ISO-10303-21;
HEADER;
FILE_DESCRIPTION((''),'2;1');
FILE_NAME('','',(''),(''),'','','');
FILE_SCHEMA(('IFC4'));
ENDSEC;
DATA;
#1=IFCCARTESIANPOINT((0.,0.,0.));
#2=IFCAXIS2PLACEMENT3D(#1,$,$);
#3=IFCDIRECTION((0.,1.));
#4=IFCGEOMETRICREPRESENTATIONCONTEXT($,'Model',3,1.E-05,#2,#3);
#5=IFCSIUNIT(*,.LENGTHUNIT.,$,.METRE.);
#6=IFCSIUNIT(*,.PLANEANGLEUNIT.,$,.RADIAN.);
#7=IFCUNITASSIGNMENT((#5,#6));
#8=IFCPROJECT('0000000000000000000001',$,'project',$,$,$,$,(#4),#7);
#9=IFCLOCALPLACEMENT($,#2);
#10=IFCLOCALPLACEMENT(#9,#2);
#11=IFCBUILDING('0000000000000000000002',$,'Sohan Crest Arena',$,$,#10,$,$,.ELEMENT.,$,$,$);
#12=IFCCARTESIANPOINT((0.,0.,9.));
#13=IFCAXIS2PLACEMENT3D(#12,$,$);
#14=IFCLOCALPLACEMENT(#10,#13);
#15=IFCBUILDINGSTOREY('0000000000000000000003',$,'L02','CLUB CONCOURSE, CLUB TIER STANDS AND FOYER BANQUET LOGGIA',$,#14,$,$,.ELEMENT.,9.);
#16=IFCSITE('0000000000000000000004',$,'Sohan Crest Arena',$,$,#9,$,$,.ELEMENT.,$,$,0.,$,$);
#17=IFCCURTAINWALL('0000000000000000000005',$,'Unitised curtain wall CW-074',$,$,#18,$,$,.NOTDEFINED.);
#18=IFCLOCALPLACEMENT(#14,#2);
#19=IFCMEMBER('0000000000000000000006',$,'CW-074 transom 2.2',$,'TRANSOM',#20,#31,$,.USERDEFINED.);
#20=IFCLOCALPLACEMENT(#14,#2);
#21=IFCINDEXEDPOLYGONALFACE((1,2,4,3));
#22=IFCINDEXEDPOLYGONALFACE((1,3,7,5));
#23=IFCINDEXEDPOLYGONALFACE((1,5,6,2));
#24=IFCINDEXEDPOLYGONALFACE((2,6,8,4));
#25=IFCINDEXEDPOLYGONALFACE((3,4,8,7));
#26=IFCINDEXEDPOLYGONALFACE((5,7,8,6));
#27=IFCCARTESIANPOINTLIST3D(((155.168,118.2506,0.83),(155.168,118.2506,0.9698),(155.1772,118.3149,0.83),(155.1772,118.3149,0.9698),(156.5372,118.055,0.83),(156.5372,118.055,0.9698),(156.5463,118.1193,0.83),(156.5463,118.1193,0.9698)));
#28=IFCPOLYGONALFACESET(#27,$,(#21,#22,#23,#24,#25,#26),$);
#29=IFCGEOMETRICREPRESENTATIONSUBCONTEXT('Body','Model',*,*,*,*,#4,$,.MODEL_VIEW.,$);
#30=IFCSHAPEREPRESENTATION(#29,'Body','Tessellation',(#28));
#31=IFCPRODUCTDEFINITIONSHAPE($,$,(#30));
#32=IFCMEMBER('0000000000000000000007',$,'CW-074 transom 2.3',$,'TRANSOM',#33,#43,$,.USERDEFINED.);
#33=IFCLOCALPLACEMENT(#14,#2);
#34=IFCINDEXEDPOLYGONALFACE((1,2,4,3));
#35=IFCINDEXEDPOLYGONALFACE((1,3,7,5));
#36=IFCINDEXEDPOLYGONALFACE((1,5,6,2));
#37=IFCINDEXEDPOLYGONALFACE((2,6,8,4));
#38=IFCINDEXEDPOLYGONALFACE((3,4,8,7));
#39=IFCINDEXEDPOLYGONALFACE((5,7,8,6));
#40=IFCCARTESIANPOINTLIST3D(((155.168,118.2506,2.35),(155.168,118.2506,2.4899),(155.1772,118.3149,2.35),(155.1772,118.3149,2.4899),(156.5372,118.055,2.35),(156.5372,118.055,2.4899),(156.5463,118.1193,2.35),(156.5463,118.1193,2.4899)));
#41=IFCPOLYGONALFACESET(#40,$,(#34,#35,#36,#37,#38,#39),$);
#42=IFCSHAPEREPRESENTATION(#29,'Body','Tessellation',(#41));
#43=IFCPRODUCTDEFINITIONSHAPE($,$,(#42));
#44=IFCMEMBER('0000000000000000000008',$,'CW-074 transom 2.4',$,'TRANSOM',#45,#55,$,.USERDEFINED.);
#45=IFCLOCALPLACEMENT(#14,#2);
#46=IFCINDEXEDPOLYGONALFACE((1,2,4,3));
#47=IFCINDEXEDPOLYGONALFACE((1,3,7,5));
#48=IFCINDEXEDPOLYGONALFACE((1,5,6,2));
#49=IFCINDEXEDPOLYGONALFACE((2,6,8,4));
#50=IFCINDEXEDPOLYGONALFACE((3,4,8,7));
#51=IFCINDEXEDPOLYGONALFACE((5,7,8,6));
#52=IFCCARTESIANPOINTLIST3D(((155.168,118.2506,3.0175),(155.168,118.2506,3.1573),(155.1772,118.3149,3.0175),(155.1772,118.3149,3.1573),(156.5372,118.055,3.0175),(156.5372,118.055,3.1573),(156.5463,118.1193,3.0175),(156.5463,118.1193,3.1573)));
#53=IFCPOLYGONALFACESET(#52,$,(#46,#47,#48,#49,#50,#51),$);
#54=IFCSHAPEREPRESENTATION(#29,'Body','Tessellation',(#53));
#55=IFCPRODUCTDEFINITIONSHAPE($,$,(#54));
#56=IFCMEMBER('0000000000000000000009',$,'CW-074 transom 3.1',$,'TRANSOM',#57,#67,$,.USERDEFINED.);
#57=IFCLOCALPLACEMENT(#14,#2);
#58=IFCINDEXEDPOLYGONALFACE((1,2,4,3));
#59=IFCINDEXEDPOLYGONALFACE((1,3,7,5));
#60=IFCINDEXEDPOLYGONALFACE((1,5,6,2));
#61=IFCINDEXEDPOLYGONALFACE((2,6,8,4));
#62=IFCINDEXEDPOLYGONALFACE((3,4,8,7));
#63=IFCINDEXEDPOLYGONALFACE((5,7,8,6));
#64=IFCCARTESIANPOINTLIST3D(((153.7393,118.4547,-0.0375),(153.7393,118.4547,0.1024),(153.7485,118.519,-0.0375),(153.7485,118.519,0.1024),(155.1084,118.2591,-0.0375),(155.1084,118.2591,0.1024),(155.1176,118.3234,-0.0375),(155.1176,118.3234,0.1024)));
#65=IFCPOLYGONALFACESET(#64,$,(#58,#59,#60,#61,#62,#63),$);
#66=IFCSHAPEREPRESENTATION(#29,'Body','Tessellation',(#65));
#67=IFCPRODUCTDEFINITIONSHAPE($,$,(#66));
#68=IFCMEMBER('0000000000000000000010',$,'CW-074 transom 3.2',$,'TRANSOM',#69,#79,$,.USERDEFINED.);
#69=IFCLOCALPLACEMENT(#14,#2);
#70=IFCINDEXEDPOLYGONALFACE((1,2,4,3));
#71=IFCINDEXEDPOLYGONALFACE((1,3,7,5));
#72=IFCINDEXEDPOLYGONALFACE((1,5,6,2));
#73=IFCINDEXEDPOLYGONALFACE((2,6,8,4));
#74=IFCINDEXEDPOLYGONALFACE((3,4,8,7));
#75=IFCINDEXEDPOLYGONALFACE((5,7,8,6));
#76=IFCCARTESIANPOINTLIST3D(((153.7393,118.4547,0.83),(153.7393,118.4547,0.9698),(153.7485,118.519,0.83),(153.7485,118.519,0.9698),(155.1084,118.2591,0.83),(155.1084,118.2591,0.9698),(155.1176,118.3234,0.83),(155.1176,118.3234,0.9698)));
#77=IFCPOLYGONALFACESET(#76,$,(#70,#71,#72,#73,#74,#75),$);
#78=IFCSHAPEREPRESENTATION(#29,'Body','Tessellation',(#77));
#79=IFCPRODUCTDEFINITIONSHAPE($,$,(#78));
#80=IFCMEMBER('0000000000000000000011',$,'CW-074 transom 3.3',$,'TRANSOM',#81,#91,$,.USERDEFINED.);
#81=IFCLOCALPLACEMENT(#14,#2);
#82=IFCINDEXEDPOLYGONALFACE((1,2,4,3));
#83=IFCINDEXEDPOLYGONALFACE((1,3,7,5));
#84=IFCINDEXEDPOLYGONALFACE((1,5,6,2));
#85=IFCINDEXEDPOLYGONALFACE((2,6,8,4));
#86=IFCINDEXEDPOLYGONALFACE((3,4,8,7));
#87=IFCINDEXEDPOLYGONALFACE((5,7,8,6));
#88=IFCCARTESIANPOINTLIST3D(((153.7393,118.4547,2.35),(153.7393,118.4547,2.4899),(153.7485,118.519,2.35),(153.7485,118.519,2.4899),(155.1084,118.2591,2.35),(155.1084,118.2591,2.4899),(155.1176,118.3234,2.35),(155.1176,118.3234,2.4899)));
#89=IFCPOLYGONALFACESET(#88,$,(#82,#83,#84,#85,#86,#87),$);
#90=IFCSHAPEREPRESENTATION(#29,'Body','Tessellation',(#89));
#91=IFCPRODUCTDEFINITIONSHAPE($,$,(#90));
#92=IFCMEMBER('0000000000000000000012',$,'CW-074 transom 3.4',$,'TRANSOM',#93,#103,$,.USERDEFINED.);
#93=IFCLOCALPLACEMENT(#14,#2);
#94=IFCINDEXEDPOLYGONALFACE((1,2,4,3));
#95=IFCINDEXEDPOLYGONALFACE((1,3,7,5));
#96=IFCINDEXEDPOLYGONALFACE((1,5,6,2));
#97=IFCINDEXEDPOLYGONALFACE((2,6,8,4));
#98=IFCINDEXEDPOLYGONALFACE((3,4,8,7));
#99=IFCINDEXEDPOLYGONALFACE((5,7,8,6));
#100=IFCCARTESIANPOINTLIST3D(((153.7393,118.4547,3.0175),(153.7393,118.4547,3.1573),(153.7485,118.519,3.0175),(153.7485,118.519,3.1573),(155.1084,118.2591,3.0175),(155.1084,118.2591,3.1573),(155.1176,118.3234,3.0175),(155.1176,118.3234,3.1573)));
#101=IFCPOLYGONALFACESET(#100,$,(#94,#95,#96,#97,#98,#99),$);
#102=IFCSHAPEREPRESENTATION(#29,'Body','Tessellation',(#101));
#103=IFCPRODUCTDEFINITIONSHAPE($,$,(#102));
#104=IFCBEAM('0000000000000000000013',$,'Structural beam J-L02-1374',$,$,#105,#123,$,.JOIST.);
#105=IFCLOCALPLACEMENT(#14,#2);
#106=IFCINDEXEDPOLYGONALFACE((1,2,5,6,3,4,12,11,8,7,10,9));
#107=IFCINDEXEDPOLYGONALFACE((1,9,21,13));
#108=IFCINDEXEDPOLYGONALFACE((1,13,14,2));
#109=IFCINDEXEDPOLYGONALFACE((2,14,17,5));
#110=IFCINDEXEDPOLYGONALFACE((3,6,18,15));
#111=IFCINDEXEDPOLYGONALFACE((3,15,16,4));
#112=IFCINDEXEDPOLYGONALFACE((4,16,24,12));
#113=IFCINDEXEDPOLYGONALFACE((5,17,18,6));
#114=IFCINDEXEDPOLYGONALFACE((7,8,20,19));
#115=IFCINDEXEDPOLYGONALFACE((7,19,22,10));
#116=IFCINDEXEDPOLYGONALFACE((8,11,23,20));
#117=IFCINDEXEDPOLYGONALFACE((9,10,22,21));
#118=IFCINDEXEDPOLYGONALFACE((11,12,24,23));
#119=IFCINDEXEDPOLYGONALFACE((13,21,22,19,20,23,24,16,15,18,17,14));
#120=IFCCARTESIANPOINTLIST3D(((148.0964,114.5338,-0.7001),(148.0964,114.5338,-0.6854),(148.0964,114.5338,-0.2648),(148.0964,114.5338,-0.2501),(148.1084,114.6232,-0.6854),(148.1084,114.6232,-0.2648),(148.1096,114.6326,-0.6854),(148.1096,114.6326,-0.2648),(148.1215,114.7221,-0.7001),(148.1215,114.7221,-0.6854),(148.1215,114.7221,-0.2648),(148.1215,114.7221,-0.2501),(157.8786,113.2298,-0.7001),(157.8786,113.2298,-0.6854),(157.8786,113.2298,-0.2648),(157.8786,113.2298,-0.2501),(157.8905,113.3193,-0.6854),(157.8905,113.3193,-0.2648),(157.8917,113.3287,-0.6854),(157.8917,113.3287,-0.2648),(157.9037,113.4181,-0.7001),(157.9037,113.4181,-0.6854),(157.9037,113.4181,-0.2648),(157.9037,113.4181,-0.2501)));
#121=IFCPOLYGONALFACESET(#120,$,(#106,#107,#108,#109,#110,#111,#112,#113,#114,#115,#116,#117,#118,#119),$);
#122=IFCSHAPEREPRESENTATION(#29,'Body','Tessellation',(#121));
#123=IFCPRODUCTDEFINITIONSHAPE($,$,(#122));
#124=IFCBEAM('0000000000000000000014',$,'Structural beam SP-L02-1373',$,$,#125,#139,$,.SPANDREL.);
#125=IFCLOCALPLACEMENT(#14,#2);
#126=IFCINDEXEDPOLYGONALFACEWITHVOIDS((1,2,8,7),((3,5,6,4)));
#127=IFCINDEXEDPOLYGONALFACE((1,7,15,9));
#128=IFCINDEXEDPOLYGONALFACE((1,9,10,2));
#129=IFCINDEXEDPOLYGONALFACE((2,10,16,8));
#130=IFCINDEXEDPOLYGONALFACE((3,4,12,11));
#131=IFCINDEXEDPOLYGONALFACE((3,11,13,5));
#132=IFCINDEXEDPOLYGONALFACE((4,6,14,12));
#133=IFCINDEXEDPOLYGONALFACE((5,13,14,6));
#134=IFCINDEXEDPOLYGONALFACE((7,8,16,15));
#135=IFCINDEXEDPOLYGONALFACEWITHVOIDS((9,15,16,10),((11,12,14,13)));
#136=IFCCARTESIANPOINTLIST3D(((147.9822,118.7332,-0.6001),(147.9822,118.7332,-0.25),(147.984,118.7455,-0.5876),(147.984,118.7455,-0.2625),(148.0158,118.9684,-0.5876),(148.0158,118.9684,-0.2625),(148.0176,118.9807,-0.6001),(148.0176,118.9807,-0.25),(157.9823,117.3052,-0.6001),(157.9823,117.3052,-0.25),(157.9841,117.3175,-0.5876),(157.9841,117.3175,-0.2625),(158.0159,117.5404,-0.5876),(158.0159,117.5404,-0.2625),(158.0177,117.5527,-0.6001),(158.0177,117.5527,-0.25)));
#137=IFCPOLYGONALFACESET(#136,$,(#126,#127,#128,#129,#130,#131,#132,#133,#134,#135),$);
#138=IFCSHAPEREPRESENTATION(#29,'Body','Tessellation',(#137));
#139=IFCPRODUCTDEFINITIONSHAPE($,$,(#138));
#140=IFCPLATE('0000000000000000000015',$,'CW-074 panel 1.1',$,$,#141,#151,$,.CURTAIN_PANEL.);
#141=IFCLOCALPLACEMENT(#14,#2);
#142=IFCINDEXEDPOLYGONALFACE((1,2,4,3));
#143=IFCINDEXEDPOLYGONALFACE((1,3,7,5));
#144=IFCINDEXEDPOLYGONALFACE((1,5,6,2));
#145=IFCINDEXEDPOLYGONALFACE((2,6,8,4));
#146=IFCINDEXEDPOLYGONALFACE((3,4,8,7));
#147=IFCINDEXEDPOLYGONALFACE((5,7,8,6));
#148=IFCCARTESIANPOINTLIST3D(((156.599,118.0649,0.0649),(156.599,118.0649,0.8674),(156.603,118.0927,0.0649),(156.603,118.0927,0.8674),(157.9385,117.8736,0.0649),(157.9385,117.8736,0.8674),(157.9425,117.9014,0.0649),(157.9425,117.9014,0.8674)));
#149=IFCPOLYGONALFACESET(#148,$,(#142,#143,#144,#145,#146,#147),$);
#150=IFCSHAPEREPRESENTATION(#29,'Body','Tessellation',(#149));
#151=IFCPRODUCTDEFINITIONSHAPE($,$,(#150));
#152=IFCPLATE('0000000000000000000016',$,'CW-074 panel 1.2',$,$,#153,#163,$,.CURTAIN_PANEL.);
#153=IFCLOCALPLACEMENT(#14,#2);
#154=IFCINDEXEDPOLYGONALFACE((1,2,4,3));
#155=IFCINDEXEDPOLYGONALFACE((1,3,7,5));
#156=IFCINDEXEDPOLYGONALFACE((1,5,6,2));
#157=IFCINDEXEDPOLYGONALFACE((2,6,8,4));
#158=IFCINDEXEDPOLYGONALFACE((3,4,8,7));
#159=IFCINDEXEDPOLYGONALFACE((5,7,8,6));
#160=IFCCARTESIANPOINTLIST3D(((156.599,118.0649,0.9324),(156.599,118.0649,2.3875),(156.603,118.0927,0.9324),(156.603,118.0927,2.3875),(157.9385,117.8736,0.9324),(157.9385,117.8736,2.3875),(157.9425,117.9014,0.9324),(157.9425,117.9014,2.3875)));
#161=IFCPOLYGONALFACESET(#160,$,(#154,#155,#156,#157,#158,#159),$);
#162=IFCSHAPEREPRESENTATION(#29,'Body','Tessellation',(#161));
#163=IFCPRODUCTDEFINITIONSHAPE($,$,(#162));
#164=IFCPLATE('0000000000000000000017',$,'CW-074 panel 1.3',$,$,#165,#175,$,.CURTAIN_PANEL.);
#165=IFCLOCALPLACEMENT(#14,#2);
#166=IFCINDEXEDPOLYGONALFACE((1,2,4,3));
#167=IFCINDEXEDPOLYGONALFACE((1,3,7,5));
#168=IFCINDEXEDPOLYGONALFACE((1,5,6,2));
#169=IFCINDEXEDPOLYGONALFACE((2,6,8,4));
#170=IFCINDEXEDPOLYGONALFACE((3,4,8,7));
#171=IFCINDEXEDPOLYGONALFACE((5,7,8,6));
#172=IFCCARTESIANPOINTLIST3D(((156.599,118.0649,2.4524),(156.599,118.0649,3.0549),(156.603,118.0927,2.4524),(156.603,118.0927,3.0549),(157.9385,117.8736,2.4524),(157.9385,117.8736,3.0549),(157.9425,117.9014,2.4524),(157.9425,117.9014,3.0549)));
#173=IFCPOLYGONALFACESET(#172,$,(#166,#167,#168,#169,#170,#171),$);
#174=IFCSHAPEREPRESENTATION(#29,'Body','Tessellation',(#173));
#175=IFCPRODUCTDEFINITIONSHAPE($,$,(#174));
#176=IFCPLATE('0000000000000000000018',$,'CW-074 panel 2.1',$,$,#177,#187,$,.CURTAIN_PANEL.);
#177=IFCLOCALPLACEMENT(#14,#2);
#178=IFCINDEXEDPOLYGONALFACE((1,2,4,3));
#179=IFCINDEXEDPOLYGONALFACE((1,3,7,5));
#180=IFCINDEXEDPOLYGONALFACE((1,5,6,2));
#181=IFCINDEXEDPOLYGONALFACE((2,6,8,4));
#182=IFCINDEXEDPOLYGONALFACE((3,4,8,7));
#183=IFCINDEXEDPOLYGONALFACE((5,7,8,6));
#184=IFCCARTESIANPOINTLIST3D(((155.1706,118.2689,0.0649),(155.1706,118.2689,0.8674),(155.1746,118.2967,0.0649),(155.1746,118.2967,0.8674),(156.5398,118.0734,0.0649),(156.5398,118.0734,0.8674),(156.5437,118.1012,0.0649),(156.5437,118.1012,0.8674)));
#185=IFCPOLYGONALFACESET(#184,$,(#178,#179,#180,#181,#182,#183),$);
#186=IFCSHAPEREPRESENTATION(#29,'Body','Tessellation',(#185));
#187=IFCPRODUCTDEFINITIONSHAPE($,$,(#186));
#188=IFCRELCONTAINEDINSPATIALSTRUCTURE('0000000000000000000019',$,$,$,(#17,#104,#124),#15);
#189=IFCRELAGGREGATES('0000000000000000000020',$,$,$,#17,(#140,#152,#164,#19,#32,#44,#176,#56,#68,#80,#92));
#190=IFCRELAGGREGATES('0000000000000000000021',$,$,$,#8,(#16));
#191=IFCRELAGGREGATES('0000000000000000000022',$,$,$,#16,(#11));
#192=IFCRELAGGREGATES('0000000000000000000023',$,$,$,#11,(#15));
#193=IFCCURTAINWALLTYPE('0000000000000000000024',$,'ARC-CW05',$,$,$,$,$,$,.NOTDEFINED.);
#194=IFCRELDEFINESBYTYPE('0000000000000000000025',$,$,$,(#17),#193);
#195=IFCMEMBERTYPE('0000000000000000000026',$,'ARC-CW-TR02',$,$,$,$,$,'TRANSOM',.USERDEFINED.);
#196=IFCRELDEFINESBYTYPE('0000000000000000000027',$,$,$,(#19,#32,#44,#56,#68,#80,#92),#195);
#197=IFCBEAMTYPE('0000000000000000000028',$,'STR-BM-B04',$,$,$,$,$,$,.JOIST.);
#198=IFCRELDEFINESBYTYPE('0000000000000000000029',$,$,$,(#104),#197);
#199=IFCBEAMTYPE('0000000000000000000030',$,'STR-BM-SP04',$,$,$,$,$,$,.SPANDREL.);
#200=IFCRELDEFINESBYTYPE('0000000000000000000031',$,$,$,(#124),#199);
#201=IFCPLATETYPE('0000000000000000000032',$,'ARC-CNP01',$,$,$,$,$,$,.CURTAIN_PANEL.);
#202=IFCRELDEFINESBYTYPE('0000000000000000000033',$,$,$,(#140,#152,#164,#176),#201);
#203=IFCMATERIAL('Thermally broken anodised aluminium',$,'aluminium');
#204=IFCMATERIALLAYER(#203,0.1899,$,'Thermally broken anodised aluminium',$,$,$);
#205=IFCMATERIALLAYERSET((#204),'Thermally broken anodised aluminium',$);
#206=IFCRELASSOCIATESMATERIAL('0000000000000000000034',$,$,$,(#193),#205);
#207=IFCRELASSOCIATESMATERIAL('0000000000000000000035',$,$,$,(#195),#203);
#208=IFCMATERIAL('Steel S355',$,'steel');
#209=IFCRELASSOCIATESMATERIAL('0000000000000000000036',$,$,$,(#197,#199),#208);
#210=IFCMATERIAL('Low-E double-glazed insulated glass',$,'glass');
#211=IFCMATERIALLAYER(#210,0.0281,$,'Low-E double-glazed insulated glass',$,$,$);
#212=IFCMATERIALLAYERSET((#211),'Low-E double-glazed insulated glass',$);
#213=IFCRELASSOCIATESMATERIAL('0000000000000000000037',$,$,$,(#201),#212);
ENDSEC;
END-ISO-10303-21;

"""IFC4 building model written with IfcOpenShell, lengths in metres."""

from ifc_helpers import new_model, si_unit, direction, frame, origin, origin_2d, place, context, subcontext, project, spatial, rectangle, hollow_rectangle, i_section, extrude, material, layer, layer_set, material_profile, profile_set, type_object, element, aggregate, save


model = new_model("IFC4")

# Units and contexts
model_context = context("Model", 3, precision=1e-05, world=origin(), true_north=direction((0.0, 1.0)))
body_context = subcontext(model_context, "Body", "Model", "MODEL_VIEW")
ifc_project = project(units=[si_unit("LENGTHUNIT", "METRE"), si_unit("PLANEANGLEUNIT", "RADIAN")], contexts=[model_context])

# Site, building, storey
site_placement = place(None, origin())
site = spatial("IfcSite", under=ifc_project, at=site_placement, Name="Sohan Crest Arena", CompositionType="ELEMENT", RefElevation=0.0)
building_placement = place(site_placement, origin())
building = spatial("IfcBuilding", under=site, at=building_placement, Name="Sohan Crest Arena", CompositionType="ELEMENT")
storey_placement = place(building_placement, frame((0.0, 0.0, 9.0)))
storey = spatial("IfcBuildingStorey", under=building, at=storey_placement, Name="L02", Description="CLUB CONCOURSE, CLUB TIER STANDS AND FOYER BANQUET LOGGIA", CompositionType="ELEMENT", Elevation=9.0)

# Shared definitions
ifc_material_1 = material(Name="Steel S355", Category="steel")

# Curtain wall
ifc_material_2 = material(Name="Thermally broken anodised aluminium", Category="aluminium")
ifc_layer_1 = layer(ifc_material_2, 0.1899, Name="Thermally broken anodised aluminium")
ifc_layer_set_1 = layer_set([ifc_layer_1], Name="Thermally broken anodised aluminium")
curtain_wall_type_1 = type_object("IfcCurtainWallType", Name="ARC-CW05", PredefinedType="NOTDEFINED", material=ifc_layer_set_1)
curtain_wall_1_placement = place(storey_placement, origin())
curtain_wall_1 = element("IfcCurtainWall", 1, at=curtain_wall_1_placement, inside=storey, type_object=curtain_wall_type_1, Name="Unitised curtain wall CW-074", PredefinedType="NOTDEFINED")

# Members
ifc_material_profile_1 = material_profile(ifc_material_2, rectangle(XDim=0.0649, YDim=0.1399, at=origin_2d()), Name="ALU-TRAN 65x140")
ifc_profile_set_1 = profile_set([ifc_material_profile_1], Name="Thermally broken anodised aluminium")
member_type_1 = type_object("IfcMemberType", Name="ARC-CW-TR02", ElementType="TRANSOM", PredefinedType="USERDEFINED", material=ifc_profile_set_1)
member_1_placement = place(storey_placement, frame((156.5417, 118.0872, 0.8999), z_axis=(-0.989953, 0.141397, 0.0), x_axis=(-0.141397, -0.989953, 0.0)))
member_1 = element("IfcMember", 2, at=member_1_placement, type_object=member_type_1, Name="CW-074 transom 2.2", ObjectType="TRANSOM", PredefinedType="USERDEFINED", context=body_context, shape_type="SweptSolid", body=[
    extrude(rectangle(XDim=0.0649, YDim=0.1399, at=origin_2d()), origin(), (0.0, 0.0, 1.0), 1.3831),
])
member_2_placement = place(storey_placement, frame((156.5417, 118.0872, 2.4199), z_axis=(-0.989953, 0.141397, 0.0), x_axis=(-0.141397, -0.989953, 0.0)))
member_2 = element("IfcMember", 3, at=member_2_placement, type_object=member_type_1, Name="CW-074 transom 2.3", ObjectType="TRANSOM", PredefinedType="USERDEFINED", context=body_context, shape_type="SweptSolid", body=[
    extrude(rectangle(XDim=0.0649, YDim=0.1399, at=origin_2d()), origin(), (0.0, 0.0, 1.0), 1.3831),
])
member_3_placement = place(storey_placement, frame((156.5417, 118.0872, 3.0874), z_axis=(-0.989953, 0.141397, 0.0), x_axis=(-0.141397, -0.989953, 0.0)))
member_3 = element("IfcMember", 4, at=member_3_placement, type_object=member_type_1, Name="CW-074 transom 2.4", ObjectType="TRANSOM", PredefinedType="USERDEFINED", context=body_context, shape_type="SweptSolid", body=[
    extrude(rectangle(XDim=0.0649, YDim=0.1399, at=origin_2d()), origin(), (0.0, 0.0, 1.0), 1.3831),
])
member_4_placement = place(storey_placement, frame((155.113, 118.2913, 0.0325), z_axis=(-0.989953, 0.141397, 0.0), x_axis=(-0.141397, -0.989953, 0.0)))
member_4 = element("IfcMember", 5, at=member_4_placement, type_object=member_type_1, Name="CW-074 transom 3.1", ObjectType="TRANSOM", PredefinedType="USERDEFINED", context=body_context, shape_type="SweptSolid", body=[
    extrude(rectangle(XDim=0.0649, YDim=0.1399, at=origin_2d()), origin(), (0.0, 0.0, 1.0), 1.3831),
])
member_5_placement = place(storey_placement, frame((155.113, 118.2913, 0.8999), z_axis=(-0.989953, 0.141397, 0.0), x_axis=(-0.141397, -0.989953, 0.0)))
member_5 = element("IfcMember", 6, at=member_5_placement, type_object=member_type_1, Name="CW-074 transom 3.2", ObjectType="TRANSOM", PredefinedType="USERDEFINED", context=body_context, shape_type="SweptSolid", body=[
    extrude(rectangle(XDim=0.0649, YDim=0.1399, at=origin_2d()), origin(), (0.0, 0.0, 1.0), 1.3831),
])
member_6_placement = place(storey_placement, frame((155.113, 118.2913, 2.4199), z_axis=(-0.989953, 0.141397, 0.0), x_axis=(-0.141397, -0.989953, 0.0)))
member_6 = element("IfcMember", 7, at=member_6_placement, type_object=member_type_1, Name="CW-074 transom 3.3", ObjectType="TRANSOM", PredefinedType="USERDEFINED", context=body_context, shape_type="SweptSolid", body=[
    extrude(rectangle(XDim=0.0649, YDim=0.1399, at=origin_2d()), origin(), (0.0, 0.0, 1.0), 1.3831),
])
member_7_placement = place(storey_placement, frame((155.113, 118.2913, 3.0874), z_axis=(-0.989953, 0.141397, 0.0), x_axis=(-0.141397, -0.989953, 0.0)))
member_7 = element("IfcMember", 8, at=member_7_placement, type_object=member_type_1, Name="CW-074 transom 3.4", ObjectType="TRANSOM", PredefinedType="USERDEFINED", context=body_context, shape_type="SweptSolid", body=[
    extrude(rectangle(XDim=0.0649, YDim=0.1399, at=origin_2d()), origin(), (0.0, 0.0, 1.0), 1.3831),
])

# Beams
ifc_material_profile_2 = material_profile(ifc_material_1, i_section(OverallWidth=0.1899, OverallDepth=0.45, WebThickness=0.0095, FlangeThickness=0.0146, at=origin_2d()), Name="IPE 450")
ifc_profile_set_2 = profile_set([ifc_material_profile_2], Name="Steel S355")
beam_type_1 = type_object("IfcBeamType", Name="STR-BM-B04", PredefinedType="JOIST", material=ifc_profile_set_2)
beam_1_placement = place(storey_placement, frame((157.8911, 113.324, -0.4751), z_axis=(-0.991232, 0.13213, 0.0), x_axis=(-0.13213, -0.991232, 0.0)))
element("IfcBeam", 9, at=beam_1_placement, inside=storey, type_object=beam_type_1, Name="Structural beam J-L02-1374", PredefinedType="JOIST", context=body_context, shape_type="SweptSolid", body=[
    extrude(i_section(OverallWidth=0.1899, OverallDepth=0.45, WebThickness=0.0095, FlangeThickness=0.0146, at=origin_2d()), origin(), (0.0, 0.0, 1.0), 9.8687),
])
ifc_material_profile_3 = material_profile(ifc_material_1, hollow_rectangle(XDim=0.25, YDim=0.3501, WallThickness=0.0125, at=origin_2d()), Name="RHS 350x250x12.5")
ifc_profile_set_3 = profile_set([ifc_material_profile_3], Name="Steel S355")
beam_type_2 = type_object("IfcBeamType", Name="STR-BM-SP04", PredefinedType="SPANDREL", material=ifc_profile_set_3)
beam_2_placement = place(storey_placement, frame((158.0, 117.429, -0.425), z_axis=(-0.989958, 0.141364, 0.0), x_axis=(-0.141364, -0.989958, 0.0)))
element("IfcBeam", 10, at=beam_2_placement, inside=storey, type_object=beam_type_2, Name="Structural beam SP-L02-1373", PredefinedType="SPANDREL", context=body_context, shape_type="SweptSolid", body=[
    extrude(hollow_rectangle(XDim=0.25, YDim=0.3501, WallThickness=0.0125, at=origin_2d()), origin(), (0.0, 0.0, 1.0), 10.1016),
])

# Plates
ifc_material_3 = material(Name="Low-E double-glazed insulated glass", Category="glass")
ifc_layer_2 = layer(ifc_material_3, 0.0281, Name="Low-E double-glazed insulated glass")
ifc_layer_set_2 = layer_set([ifc_layer_2], Name="Low-E double-glazed insulated glass")
plate_type_1 = type_object("IfcPlateType", Name="ARC-CNP01", PredefinedType="CURTAIN_PANEL", material=ifc_layer_set_2)
plate_1_placement = place(storey_placement, frame((157.2708, 117.9832, 0.0649), z_axis=(0.0, 0.0, 1.0), x_axis=(-0.989957, 0.141366, 0.0)))
plate_1 = element("IfcPlate", 11, at=plate_1_placement, type_object=plate_type_1, Name="CW-074 panel 1.1", PredefinedType="CURTAIN_PANEL", context=body_context, shape_type="SweptSolid", body=[
    extrude(rectangle(XDim=1.353, YDim=0.0281, at=origin_2d()), origin(), (0.0, 0.0, 1.0), 0.8025),
])
plate_2_placement = place(storey_placement, frame((157.2708, 117.9832, 0.9324), z_axis=(0.0, 0.0, 1.0), x_axis=(-0.989957, 0.141366, 0.0)))
plate_2 = element("IfcPlate", 12, at=plate_2_placement, type_object=plate_type_1, Name="CW-074 panel 1.2", PredefinedType="CURTAIN_PANEL", context=body_context, shape_type="SweptSolid", body=[
    extrude(rectangle(XDim=1.353, YDim=0.0281, at=origin_2d()), origin(), (0.0, 0.0, 1.0), 1.4551),
])
plate_3_placement = place(storey_placement, frame((157.2708, 117.9832, 2.4524), z_axis=(0.0, 0.0, 1.0), x_axis=(-0.989957, 0.141366, 0.0)))
plate_3 = element("IfcPlate", 13, at=plate_3_placement, type_object=plate_type_1, Name="CW-074 panel 1.3", PredefinedType="CURTAIN_PANEL", context=body_context, shape_type="SweptSolid", body=[
    extrude(rectangle(XDim=1.353, YDim=0.0281, at=origin_2d()), origin(), (0.0, 0.0, 1.0), 0.6025),
])
plate_4_placement = place(storey_placement, frame((155.8572, 118.1851, 0.0649), z_axis=(0.0, 0.0, 1.0), x_axis=(-0.989957, 0.141366, 0.0)))
plate_4 = element("IfcPlate", 14, at=plate_4_placement, type_object=plate_type_1, Name="CW-074 panel 2.1", PredefinedType="CURTAIN_PANEL", context=body_context, shape_type="SweptSolid", body=[
    extrude(rectangle(XDim=1.3831, YDim=0.0281, at=origin_2d()), origin(), (0.0, 0.0, 1.0), 0.8025),
])
aggregate(curtain_wall_1, [plate_1, plate_2, plate_3, member_1, member_2, member_3, plate_4, member_4, member_5, member_6, member_7])

save(model, "model.ifc")
